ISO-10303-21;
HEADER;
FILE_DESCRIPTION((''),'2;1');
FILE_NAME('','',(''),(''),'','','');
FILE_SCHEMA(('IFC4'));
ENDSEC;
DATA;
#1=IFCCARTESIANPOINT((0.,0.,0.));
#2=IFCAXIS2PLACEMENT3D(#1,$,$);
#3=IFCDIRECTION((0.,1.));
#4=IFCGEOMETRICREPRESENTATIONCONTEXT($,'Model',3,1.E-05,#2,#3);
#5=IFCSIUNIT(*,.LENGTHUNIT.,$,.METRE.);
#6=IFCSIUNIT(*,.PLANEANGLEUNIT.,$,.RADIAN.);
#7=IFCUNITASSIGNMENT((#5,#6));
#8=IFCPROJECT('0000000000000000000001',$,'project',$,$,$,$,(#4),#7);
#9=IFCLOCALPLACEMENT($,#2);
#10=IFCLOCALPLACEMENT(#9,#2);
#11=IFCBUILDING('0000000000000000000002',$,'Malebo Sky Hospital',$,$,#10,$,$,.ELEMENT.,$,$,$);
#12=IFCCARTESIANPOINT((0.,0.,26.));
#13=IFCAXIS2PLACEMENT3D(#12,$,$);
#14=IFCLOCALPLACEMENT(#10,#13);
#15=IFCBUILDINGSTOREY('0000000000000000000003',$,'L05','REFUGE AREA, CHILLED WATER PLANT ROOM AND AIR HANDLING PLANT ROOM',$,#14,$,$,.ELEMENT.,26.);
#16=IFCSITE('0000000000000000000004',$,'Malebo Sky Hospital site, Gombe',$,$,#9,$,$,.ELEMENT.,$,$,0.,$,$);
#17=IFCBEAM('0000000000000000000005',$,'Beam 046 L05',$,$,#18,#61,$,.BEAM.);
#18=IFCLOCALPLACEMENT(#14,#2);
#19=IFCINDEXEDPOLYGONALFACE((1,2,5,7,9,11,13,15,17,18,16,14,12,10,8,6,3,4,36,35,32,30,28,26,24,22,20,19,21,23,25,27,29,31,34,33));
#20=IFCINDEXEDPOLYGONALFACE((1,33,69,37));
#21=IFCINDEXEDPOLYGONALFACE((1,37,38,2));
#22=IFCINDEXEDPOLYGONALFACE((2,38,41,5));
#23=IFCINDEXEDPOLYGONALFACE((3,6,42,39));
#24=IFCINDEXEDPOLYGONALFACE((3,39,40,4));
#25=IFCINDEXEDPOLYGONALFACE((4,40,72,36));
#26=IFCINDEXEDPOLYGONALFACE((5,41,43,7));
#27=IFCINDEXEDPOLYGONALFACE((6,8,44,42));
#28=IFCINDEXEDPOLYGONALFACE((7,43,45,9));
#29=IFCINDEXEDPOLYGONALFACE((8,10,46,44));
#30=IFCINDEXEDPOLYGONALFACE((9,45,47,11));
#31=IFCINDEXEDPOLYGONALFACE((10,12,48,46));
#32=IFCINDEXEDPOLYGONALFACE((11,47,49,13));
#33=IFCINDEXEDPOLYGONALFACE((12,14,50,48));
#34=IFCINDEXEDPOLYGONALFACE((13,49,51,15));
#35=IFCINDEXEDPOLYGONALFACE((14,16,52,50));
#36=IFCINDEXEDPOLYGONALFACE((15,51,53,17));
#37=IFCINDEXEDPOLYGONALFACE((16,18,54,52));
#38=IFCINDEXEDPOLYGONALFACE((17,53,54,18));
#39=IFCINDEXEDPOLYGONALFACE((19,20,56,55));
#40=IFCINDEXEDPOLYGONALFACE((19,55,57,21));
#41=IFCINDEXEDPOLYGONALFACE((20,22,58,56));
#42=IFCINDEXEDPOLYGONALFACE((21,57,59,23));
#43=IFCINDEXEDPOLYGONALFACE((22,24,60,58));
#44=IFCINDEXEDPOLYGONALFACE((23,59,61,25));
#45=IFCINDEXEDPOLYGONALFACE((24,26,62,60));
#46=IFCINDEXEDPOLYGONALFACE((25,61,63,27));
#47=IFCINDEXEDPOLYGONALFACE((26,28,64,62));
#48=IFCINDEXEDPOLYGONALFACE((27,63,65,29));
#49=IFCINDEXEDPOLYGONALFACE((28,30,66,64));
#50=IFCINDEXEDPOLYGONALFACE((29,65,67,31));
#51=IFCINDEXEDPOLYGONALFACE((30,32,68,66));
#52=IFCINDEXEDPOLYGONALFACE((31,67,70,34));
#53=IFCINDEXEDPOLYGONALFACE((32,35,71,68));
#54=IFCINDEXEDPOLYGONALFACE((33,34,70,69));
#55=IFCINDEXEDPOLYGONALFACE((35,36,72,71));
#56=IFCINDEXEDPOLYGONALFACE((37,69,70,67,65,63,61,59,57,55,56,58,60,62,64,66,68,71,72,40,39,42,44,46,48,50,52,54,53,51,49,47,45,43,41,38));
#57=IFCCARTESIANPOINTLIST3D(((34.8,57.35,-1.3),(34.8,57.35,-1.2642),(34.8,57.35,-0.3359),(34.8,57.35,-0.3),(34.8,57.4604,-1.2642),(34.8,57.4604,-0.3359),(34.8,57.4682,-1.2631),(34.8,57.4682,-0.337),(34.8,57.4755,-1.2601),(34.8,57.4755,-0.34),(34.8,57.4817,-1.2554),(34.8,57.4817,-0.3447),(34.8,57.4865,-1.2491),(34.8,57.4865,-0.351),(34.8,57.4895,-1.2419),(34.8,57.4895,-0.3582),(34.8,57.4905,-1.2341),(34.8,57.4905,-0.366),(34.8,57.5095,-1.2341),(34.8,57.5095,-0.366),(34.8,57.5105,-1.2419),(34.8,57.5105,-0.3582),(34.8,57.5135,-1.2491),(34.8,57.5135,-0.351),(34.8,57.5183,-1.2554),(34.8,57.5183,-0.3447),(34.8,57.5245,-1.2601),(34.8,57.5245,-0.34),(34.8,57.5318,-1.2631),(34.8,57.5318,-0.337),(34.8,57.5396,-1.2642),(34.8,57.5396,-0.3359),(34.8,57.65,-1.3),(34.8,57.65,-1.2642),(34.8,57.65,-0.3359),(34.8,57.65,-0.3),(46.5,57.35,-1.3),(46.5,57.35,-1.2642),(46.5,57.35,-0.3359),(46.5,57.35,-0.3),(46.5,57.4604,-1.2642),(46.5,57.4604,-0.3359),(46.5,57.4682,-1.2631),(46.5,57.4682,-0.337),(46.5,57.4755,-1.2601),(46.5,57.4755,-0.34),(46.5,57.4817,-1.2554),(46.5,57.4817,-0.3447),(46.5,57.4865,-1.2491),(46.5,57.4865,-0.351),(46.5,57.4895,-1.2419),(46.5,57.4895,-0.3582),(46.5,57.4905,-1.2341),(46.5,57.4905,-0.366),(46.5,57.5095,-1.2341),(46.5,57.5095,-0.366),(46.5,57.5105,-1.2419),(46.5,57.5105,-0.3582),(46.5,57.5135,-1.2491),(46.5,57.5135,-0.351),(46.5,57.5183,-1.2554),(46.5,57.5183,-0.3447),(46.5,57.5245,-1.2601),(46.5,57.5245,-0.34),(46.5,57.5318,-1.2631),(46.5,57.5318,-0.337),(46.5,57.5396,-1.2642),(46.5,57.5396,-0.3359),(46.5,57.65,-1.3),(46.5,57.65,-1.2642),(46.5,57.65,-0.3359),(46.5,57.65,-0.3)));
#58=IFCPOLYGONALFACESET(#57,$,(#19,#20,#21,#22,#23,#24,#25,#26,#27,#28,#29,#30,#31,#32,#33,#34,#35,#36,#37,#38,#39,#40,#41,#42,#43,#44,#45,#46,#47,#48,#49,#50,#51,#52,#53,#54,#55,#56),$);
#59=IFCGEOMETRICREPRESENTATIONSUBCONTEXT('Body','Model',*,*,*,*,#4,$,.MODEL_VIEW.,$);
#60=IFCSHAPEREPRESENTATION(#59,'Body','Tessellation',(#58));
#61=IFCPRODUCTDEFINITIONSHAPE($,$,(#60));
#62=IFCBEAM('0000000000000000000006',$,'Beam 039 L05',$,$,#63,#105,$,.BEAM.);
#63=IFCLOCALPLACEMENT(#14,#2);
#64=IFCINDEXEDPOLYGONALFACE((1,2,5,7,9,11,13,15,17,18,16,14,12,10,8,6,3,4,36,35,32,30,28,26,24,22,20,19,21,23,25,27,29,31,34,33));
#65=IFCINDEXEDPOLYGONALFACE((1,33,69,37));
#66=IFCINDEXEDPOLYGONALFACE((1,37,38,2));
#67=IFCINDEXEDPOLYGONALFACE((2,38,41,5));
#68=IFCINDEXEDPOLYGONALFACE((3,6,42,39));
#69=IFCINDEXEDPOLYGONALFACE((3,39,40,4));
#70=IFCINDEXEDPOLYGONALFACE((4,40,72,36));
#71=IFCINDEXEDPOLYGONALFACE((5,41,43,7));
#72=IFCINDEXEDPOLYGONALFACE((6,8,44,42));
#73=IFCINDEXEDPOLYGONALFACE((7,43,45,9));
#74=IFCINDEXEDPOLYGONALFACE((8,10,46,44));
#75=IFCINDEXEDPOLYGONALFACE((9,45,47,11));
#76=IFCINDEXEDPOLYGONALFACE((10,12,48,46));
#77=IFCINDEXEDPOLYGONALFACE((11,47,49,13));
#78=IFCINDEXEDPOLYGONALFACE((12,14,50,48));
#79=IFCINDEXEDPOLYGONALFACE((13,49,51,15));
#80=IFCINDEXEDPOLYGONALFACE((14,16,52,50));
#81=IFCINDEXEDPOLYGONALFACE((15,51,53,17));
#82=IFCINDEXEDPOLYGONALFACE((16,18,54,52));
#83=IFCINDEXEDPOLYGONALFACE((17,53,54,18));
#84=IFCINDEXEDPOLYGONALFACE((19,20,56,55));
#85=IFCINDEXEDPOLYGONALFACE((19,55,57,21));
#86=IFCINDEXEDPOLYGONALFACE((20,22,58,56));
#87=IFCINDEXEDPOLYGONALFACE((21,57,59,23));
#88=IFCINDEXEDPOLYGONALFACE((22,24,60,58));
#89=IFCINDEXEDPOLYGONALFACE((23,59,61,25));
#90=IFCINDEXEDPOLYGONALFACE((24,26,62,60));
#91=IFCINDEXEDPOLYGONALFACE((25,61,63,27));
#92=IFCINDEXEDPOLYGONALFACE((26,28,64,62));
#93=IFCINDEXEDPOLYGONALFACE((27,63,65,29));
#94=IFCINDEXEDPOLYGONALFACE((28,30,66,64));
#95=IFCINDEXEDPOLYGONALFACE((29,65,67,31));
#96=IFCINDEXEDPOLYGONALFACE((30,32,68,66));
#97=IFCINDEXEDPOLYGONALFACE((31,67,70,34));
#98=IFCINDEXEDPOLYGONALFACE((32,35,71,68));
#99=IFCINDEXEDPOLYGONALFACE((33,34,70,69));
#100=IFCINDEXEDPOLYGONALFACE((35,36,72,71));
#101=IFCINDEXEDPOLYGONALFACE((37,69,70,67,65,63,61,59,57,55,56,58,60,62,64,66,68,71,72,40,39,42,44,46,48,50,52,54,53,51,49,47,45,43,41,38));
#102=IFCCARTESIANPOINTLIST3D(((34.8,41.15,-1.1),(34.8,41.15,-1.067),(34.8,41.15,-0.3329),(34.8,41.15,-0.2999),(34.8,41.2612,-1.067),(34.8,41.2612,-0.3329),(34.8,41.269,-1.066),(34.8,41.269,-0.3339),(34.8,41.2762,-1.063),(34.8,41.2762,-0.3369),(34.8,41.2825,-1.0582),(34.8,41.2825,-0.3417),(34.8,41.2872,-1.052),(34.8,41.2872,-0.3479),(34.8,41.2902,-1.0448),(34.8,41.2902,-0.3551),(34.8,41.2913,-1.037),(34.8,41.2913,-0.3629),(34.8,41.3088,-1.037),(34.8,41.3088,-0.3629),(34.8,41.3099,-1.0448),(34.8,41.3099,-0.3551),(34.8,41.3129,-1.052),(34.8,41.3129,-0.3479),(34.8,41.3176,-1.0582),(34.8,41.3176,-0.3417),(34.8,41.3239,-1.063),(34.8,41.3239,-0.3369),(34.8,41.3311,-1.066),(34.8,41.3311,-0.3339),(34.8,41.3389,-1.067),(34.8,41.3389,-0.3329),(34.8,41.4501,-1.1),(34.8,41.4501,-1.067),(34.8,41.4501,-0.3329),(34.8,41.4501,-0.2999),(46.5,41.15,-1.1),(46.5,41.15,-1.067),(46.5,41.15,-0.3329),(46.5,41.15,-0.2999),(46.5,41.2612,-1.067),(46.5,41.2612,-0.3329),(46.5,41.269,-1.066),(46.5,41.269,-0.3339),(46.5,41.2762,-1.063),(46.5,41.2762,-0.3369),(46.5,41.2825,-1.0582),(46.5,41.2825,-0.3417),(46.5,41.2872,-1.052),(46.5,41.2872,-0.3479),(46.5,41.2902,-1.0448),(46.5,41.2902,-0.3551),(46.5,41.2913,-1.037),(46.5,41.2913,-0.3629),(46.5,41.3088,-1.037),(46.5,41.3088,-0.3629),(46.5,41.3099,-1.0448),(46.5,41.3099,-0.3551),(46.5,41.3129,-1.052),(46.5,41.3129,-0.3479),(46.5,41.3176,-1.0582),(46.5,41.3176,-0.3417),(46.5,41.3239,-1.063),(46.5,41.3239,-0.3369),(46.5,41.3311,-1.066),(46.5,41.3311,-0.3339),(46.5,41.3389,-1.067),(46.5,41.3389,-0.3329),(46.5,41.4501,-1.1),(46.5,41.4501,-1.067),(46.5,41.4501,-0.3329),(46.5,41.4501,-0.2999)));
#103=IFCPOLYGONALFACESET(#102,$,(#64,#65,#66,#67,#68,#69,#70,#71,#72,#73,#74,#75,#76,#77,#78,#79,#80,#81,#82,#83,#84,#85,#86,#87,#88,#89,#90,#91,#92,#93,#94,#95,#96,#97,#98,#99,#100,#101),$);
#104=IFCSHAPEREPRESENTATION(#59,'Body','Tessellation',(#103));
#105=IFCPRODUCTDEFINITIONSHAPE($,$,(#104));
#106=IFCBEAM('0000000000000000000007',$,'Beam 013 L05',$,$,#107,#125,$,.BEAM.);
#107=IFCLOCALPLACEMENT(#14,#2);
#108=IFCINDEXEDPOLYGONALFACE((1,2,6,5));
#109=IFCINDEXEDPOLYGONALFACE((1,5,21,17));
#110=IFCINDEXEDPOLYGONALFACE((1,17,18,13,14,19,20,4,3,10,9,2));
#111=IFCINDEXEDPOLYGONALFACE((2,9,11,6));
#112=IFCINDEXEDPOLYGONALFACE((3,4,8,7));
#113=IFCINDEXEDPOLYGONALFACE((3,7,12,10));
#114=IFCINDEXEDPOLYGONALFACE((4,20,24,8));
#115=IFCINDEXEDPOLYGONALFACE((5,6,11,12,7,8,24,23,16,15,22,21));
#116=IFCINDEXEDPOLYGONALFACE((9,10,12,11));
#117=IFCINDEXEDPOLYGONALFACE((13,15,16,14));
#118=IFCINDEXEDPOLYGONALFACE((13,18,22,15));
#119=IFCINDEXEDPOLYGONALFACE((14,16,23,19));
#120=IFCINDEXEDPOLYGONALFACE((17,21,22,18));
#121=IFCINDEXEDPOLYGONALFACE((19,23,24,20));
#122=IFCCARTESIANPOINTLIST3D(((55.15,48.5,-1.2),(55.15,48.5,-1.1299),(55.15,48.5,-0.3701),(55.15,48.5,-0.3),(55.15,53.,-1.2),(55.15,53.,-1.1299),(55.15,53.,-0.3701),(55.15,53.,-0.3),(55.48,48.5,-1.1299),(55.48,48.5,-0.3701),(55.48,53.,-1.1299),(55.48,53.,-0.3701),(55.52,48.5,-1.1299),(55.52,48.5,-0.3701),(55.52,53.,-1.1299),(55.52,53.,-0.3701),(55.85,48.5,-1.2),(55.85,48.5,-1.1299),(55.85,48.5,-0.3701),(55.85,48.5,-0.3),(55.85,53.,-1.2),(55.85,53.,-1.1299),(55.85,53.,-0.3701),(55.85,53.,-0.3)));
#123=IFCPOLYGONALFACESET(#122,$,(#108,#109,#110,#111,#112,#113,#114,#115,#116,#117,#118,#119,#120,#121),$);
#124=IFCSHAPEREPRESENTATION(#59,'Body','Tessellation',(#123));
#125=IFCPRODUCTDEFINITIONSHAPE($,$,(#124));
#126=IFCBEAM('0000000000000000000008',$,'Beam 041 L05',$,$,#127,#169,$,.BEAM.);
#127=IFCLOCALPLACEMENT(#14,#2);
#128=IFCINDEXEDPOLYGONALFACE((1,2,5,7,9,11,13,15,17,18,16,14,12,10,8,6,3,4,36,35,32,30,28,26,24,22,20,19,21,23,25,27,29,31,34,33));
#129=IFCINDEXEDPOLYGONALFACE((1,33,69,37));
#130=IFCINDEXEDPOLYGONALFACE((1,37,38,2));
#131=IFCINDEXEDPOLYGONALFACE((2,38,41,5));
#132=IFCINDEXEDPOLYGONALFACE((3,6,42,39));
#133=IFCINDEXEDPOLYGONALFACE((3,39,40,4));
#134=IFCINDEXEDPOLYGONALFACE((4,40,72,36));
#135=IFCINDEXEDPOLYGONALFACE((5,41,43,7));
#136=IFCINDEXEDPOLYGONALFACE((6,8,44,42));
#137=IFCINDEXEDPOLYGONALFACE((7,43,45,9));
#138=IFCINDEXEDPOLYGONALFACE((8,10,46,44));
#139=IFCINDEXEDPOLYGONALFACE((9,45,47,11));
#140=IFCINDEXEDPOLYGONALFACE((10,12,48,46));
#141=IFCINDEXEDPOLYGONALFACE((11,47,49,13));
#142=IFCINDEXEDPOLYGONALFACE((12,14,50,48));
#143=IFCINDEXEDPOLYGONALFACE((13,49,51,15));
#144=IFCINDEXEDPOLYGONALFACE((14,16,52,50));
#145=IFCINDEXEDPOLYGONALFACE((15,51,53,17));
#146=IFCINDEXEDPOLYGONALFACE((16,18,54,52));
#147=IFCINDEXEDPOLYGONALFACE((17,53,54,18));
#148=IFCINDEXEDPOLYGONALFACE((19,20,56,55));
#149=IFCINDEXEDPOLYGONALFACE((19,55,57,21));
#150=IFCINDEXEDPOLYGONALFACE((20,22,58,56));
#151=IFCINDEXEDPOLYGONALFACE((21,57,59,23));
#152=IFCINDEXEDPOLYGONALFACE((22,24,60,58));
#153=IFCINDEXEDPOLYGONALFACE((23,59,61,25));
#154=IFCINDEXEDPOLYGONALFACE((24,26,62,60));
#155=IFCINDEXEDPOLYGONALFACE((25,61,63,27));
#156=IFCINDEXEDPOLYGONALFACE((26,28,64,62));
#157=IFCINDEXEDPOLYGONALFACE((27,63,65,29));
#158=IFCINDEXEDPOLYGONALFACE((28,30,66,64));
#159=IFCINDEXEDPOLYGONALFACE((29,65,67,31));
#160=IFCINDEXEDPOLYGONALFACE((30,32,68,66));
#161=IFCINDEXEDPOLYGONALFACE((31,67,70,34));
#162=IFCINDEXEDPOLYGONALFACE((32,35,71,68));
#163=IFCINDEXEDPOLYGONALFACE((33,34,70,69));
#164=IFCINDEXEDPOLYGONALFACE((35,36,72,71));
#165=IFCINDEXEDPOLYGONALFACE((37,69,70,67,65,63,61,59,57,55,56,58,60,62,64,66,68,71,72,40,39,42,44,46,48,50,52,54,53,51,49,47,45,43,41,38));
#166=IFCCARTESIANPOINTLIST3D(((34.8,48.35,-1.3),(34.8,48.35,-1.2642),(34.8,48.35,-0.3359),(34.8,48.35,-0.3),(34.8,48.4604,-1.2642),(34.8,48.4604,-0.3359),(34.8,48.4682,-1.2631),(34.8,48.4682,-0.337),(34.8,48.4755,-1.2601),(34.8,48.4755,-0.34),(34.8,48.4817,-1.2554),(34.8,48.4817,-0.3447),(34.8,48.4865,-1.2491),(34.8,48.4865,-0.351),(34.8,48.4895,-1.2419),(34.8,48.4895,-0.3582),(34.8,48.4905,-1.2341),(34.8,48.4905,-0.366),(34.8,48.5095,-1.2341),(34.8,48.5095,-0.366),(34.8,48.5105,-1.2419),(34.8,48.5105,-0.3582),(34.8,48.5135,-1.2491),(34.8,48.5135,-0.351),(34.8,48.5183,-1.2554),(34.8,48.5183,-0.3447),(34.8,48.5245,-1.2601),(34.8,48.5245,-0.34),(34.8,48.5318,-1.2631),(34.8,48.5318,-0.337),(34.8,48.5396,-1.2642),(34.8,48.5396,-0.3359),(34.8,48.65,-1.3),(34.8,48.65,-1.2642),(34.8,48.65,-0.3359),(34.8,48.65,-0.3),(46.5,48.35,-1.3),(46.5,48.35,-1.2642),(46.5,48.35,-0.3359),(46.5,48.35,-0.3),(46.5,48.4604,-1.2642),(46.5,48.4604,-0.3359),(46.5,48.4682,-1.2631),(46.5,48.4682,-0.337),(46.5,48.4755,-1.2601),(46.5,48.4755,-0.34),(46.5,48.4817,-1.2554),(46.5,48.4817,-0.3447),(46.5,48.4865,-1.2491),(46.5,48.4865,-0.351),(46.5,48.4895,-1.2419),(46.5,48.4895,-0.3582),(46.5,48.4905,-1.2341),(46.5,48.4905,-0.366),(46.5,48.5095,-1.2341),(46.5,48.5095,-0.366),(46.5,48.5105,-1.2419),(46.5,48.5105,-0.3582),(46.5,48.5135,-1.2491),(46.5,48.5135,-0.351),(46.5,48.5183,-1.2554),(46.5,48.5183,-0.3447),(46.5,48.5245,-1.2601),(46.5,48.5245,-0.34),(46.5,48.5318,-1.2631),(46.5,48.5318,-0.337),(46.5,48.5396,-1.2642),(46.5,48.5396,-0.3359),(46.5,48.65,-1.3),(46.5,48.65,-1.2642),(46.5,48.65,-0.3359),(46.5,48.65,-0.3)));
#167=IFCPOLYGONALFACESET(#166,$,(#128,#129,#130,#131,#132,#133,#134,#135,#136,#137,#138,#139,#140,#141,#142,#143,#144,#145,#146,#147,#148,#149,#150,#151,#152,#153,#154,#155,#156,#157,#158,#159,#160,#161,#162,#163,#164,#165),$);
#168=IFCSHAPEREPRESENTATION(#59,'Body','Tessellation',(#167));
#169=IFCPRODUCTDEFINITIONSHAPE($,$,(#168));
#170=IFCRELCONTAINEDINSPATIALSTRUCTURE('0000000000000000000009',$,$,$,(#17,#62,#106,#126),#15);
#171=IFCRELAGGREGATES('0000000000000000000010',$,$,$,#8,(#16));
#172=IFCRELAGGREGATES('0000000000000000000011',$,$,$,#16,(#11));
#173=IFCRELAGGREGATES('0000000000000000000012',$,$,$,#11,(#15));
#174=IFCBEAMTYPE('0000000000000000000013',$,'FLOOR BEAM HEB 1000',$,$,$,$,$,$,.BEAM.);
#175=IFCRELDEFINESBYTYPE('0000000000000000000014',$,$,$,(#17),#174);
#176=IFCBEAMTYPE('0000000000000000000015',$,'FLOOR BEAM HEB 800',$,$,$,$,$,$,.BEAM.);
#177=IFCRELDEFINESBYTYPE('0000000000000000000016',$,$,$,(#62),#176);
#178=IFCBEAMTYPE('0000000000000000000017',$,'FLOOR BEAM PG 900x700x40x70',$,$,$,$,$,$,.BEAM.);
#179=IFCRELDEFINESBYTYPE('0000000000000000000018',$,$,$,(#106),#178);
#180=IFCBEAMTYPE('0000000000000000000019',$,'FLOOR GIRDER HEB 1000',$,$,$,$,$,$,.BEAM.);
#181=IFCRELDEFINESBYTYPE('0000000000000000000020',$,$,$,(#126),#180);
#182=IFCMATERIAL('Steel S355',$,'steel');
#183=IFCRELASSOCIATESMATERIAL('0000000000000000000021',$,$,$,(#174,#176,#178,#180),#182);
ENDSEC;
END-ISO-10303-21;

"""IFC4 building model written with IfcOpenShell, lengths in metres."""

from ifc_helpers import new_model, si_unit, direction, frame, origin, origin_2d, place, context, subcontext, project, spatial, i_section, extrude, material, material_profile, profile_set, type_object, element, save


model = new_model("IFC4")

# Units and contexts
model_context = context("Model", 3, precision=1e-05, world=origin(), true_north=direction((0.0, 1.0)))
body_context = subcontext(model_context, "Body", "Model", "MODEL_VIEW")
ifc_project = project(units=[si_unit("LENGTHUNIT", "METRE"), si_unit("PLANEANGLEUNIT", "RADIAN")], contexts=[model_context])

# Site, building, storey
site_placement = place(None, origin())
site = spatial("IfcSite", under=ifc_project, at=site_placement, Name="Malebo Sky Hospital site, Gombe", CompositionType="ELEMENT", RefElevation=0.0)
building_placement = place(site_placement, origin())
building = spatial("IfcBuilding", under=site, at=building_placement, Name="Malebo Sky Hospital", CompositionType="ELEMENT")
storey_placement = place(building_placement, frame((0.0, 0.0, 26.0)))
storey = spatial("IfcBuildingStorey", under=building, at=storey_placement, Name="L05", Description="REFUGE AREA, CHILLED WATER PLANT ROOM AND AIR HANDLING PLANT ROOM", CompositionType="ELEMENT", Elevation=26.0)

# Beams
ifc_material_1 = material(Name="Steel S355", Category="steel")
ifc_material_profile_1 = material_profile(ifc_material_1, i_section(OverallWidth=0.3, OverallDepth=1.0, WebThickness=0.019, FlangeThickness=0.0359, FilletRadius=0.03, at=origin_2d()), Name="HEB 1000")
ifc_profile_set_1 = profile_set([ifc_material_profile_1], Name="Steel S355")
beam_type_1 = type_object("IfcBeamType", Name="FLOOR BEAM HEB 1000", PredefinedType="BEAM", material=ifc_profile_set_1)
beam_1_placement = place(storey_placement, frame((34.8, 57.5, -0.8), z_axis=(1.0, 0.0, 0.0), x_axis=(0.0, 1.0, 0.0)))
element("IfcBeam", 1, at=beam_1_placement, inside=storey, type_object=beam_type_1, Name="Beam 046 L05", PredefinedType="BEAM", context=body_context, shape_type="SweptSolid", body=[
    extrude(i_section(OverallWidth=0.3, OverallDepth=1.0, WebThickness=0.019, FlangeThickness=0.0359, FilletRadius=0.03, at=origin_2d()), origin(), (0.0, 0.0, 1.0), 11.7),
])
ifc_material_profile_2 = material_profile(ifc_material_1, i_section(OverallWidth=0.3, OverallDepth=0.8, WebThickness=0.0176, FlangeThickness=0.033, FilletRadius=0.03, at=origin_2d()), Name="HEB 800")
ifc_profile_set_2 = profile_set([ifc_material_profile_2], Name="Steel S355")
beam_type_2 = type_object("IfcBeamType", Name="FLOOR BEAM HEB 800", PredefinedType="BEAM", material=ifc_profile_set_2)
beam_2_placement = place(storey_placement, frame((34.8, 41.3, -0.7), z_axis=(1.0, 0.0, 0.0), x_axis=(0.0, 1.0, 0.0)))
element("IfcBeam", 2, at=beam_2_placement, inside=storey, type_object=beam_type_2, Name="Beam 039 L05", PredefinedType="BEAM", context=body_context, shape_type="SweptSolid", body=[
    extrude(i_section(OverallWidth=0.3, OverallDepth=0.8, WebThickness=0.0176, FlangeThickness=0.033, FilletRadius=0.03, at=origin_2d()), origin(), (0.0, 0.0, 1.0), 11.7),
])
ifc_material_profile_3 = material_profile(ifc_material_1, i_section(OverallWidth=0.7, OverallDepth=0.8999, WebThickness=0.04, FlangeThickness=0.0701, at=origin_2d()), Name="PG 900x700x40x70")
ifc_profile_set_3 = profile_set([ifc_material_profile_3], Name="Steel S355")
beam_type_3 = type_object("IfcBeamType", Name="FLOOR BEAM PG 900x700x40x70", PredefinedType="BEAM", material=ifc_profile_set_3)
beam_3_placement = place(storey_placement, frame((55.5, 48.5, -0.75), z_axis=(0.0, 1.0, 0.0), x_axis=(-1.0, 0.0, 0.0)))
element("IfcBeam", 3, at=beam_3_placement, inside=storey, type_object=beam_type_3, Name="Beam 013 L05", PredefinedType="BEAM", context=body_context, shape_type="SweptSolid", body=[
    extrude(i_section(OverallWidth=0.7, OverallDepth=0.8999, WebThickness=0.04, FlangeThickness=0.0701, at=origin_2d()), origin(), (0.0, 0.0, 1.0), 4.5),
])
ifc_material_profile_4 = material_profile(ifc_material_1, i_section(OverallWidth=0.3, OverallDepth=1.0, WebThickness=0.019, FlangeThickness=0.0359, FilletRadius=0.03, at=origin_2d()), Name="HEB 1000")
ifc_profile_set_4 = profile_set([ifc_material_profile_4], Name="Steel S355")
beam_type_4 = type_object("IfcBeamType", Name="FLOOR GIRDER HEB 1000", PredefinedType="BEAM", material=ifc_profile_set_4)
beam_4_placement = place(storey_placement, frame((34.8, 48.5, -0.8), z_axis=(1.0, 0.0, 0.0), x_axis=(0.0, 1.0, 0.0)))
element("IfcBeam", 4, at=beam_4_placement, inside=storey, type_object=beam_type_4, Name="Beam 041 L05", PredefinedType="BEAM", context=body_context, shape_type="SweptSolid", body=[
    extrude(i_section(OverallWidth=0.3, OverallDepth=1.0, WebThickness=0.019, FlangeThickness=0.0359, FilletRadius=0.03, at=origin_2d()), origin(), (0.0, 0.0, 1.0), 11.7),
])

save(model, "model.ifc")
